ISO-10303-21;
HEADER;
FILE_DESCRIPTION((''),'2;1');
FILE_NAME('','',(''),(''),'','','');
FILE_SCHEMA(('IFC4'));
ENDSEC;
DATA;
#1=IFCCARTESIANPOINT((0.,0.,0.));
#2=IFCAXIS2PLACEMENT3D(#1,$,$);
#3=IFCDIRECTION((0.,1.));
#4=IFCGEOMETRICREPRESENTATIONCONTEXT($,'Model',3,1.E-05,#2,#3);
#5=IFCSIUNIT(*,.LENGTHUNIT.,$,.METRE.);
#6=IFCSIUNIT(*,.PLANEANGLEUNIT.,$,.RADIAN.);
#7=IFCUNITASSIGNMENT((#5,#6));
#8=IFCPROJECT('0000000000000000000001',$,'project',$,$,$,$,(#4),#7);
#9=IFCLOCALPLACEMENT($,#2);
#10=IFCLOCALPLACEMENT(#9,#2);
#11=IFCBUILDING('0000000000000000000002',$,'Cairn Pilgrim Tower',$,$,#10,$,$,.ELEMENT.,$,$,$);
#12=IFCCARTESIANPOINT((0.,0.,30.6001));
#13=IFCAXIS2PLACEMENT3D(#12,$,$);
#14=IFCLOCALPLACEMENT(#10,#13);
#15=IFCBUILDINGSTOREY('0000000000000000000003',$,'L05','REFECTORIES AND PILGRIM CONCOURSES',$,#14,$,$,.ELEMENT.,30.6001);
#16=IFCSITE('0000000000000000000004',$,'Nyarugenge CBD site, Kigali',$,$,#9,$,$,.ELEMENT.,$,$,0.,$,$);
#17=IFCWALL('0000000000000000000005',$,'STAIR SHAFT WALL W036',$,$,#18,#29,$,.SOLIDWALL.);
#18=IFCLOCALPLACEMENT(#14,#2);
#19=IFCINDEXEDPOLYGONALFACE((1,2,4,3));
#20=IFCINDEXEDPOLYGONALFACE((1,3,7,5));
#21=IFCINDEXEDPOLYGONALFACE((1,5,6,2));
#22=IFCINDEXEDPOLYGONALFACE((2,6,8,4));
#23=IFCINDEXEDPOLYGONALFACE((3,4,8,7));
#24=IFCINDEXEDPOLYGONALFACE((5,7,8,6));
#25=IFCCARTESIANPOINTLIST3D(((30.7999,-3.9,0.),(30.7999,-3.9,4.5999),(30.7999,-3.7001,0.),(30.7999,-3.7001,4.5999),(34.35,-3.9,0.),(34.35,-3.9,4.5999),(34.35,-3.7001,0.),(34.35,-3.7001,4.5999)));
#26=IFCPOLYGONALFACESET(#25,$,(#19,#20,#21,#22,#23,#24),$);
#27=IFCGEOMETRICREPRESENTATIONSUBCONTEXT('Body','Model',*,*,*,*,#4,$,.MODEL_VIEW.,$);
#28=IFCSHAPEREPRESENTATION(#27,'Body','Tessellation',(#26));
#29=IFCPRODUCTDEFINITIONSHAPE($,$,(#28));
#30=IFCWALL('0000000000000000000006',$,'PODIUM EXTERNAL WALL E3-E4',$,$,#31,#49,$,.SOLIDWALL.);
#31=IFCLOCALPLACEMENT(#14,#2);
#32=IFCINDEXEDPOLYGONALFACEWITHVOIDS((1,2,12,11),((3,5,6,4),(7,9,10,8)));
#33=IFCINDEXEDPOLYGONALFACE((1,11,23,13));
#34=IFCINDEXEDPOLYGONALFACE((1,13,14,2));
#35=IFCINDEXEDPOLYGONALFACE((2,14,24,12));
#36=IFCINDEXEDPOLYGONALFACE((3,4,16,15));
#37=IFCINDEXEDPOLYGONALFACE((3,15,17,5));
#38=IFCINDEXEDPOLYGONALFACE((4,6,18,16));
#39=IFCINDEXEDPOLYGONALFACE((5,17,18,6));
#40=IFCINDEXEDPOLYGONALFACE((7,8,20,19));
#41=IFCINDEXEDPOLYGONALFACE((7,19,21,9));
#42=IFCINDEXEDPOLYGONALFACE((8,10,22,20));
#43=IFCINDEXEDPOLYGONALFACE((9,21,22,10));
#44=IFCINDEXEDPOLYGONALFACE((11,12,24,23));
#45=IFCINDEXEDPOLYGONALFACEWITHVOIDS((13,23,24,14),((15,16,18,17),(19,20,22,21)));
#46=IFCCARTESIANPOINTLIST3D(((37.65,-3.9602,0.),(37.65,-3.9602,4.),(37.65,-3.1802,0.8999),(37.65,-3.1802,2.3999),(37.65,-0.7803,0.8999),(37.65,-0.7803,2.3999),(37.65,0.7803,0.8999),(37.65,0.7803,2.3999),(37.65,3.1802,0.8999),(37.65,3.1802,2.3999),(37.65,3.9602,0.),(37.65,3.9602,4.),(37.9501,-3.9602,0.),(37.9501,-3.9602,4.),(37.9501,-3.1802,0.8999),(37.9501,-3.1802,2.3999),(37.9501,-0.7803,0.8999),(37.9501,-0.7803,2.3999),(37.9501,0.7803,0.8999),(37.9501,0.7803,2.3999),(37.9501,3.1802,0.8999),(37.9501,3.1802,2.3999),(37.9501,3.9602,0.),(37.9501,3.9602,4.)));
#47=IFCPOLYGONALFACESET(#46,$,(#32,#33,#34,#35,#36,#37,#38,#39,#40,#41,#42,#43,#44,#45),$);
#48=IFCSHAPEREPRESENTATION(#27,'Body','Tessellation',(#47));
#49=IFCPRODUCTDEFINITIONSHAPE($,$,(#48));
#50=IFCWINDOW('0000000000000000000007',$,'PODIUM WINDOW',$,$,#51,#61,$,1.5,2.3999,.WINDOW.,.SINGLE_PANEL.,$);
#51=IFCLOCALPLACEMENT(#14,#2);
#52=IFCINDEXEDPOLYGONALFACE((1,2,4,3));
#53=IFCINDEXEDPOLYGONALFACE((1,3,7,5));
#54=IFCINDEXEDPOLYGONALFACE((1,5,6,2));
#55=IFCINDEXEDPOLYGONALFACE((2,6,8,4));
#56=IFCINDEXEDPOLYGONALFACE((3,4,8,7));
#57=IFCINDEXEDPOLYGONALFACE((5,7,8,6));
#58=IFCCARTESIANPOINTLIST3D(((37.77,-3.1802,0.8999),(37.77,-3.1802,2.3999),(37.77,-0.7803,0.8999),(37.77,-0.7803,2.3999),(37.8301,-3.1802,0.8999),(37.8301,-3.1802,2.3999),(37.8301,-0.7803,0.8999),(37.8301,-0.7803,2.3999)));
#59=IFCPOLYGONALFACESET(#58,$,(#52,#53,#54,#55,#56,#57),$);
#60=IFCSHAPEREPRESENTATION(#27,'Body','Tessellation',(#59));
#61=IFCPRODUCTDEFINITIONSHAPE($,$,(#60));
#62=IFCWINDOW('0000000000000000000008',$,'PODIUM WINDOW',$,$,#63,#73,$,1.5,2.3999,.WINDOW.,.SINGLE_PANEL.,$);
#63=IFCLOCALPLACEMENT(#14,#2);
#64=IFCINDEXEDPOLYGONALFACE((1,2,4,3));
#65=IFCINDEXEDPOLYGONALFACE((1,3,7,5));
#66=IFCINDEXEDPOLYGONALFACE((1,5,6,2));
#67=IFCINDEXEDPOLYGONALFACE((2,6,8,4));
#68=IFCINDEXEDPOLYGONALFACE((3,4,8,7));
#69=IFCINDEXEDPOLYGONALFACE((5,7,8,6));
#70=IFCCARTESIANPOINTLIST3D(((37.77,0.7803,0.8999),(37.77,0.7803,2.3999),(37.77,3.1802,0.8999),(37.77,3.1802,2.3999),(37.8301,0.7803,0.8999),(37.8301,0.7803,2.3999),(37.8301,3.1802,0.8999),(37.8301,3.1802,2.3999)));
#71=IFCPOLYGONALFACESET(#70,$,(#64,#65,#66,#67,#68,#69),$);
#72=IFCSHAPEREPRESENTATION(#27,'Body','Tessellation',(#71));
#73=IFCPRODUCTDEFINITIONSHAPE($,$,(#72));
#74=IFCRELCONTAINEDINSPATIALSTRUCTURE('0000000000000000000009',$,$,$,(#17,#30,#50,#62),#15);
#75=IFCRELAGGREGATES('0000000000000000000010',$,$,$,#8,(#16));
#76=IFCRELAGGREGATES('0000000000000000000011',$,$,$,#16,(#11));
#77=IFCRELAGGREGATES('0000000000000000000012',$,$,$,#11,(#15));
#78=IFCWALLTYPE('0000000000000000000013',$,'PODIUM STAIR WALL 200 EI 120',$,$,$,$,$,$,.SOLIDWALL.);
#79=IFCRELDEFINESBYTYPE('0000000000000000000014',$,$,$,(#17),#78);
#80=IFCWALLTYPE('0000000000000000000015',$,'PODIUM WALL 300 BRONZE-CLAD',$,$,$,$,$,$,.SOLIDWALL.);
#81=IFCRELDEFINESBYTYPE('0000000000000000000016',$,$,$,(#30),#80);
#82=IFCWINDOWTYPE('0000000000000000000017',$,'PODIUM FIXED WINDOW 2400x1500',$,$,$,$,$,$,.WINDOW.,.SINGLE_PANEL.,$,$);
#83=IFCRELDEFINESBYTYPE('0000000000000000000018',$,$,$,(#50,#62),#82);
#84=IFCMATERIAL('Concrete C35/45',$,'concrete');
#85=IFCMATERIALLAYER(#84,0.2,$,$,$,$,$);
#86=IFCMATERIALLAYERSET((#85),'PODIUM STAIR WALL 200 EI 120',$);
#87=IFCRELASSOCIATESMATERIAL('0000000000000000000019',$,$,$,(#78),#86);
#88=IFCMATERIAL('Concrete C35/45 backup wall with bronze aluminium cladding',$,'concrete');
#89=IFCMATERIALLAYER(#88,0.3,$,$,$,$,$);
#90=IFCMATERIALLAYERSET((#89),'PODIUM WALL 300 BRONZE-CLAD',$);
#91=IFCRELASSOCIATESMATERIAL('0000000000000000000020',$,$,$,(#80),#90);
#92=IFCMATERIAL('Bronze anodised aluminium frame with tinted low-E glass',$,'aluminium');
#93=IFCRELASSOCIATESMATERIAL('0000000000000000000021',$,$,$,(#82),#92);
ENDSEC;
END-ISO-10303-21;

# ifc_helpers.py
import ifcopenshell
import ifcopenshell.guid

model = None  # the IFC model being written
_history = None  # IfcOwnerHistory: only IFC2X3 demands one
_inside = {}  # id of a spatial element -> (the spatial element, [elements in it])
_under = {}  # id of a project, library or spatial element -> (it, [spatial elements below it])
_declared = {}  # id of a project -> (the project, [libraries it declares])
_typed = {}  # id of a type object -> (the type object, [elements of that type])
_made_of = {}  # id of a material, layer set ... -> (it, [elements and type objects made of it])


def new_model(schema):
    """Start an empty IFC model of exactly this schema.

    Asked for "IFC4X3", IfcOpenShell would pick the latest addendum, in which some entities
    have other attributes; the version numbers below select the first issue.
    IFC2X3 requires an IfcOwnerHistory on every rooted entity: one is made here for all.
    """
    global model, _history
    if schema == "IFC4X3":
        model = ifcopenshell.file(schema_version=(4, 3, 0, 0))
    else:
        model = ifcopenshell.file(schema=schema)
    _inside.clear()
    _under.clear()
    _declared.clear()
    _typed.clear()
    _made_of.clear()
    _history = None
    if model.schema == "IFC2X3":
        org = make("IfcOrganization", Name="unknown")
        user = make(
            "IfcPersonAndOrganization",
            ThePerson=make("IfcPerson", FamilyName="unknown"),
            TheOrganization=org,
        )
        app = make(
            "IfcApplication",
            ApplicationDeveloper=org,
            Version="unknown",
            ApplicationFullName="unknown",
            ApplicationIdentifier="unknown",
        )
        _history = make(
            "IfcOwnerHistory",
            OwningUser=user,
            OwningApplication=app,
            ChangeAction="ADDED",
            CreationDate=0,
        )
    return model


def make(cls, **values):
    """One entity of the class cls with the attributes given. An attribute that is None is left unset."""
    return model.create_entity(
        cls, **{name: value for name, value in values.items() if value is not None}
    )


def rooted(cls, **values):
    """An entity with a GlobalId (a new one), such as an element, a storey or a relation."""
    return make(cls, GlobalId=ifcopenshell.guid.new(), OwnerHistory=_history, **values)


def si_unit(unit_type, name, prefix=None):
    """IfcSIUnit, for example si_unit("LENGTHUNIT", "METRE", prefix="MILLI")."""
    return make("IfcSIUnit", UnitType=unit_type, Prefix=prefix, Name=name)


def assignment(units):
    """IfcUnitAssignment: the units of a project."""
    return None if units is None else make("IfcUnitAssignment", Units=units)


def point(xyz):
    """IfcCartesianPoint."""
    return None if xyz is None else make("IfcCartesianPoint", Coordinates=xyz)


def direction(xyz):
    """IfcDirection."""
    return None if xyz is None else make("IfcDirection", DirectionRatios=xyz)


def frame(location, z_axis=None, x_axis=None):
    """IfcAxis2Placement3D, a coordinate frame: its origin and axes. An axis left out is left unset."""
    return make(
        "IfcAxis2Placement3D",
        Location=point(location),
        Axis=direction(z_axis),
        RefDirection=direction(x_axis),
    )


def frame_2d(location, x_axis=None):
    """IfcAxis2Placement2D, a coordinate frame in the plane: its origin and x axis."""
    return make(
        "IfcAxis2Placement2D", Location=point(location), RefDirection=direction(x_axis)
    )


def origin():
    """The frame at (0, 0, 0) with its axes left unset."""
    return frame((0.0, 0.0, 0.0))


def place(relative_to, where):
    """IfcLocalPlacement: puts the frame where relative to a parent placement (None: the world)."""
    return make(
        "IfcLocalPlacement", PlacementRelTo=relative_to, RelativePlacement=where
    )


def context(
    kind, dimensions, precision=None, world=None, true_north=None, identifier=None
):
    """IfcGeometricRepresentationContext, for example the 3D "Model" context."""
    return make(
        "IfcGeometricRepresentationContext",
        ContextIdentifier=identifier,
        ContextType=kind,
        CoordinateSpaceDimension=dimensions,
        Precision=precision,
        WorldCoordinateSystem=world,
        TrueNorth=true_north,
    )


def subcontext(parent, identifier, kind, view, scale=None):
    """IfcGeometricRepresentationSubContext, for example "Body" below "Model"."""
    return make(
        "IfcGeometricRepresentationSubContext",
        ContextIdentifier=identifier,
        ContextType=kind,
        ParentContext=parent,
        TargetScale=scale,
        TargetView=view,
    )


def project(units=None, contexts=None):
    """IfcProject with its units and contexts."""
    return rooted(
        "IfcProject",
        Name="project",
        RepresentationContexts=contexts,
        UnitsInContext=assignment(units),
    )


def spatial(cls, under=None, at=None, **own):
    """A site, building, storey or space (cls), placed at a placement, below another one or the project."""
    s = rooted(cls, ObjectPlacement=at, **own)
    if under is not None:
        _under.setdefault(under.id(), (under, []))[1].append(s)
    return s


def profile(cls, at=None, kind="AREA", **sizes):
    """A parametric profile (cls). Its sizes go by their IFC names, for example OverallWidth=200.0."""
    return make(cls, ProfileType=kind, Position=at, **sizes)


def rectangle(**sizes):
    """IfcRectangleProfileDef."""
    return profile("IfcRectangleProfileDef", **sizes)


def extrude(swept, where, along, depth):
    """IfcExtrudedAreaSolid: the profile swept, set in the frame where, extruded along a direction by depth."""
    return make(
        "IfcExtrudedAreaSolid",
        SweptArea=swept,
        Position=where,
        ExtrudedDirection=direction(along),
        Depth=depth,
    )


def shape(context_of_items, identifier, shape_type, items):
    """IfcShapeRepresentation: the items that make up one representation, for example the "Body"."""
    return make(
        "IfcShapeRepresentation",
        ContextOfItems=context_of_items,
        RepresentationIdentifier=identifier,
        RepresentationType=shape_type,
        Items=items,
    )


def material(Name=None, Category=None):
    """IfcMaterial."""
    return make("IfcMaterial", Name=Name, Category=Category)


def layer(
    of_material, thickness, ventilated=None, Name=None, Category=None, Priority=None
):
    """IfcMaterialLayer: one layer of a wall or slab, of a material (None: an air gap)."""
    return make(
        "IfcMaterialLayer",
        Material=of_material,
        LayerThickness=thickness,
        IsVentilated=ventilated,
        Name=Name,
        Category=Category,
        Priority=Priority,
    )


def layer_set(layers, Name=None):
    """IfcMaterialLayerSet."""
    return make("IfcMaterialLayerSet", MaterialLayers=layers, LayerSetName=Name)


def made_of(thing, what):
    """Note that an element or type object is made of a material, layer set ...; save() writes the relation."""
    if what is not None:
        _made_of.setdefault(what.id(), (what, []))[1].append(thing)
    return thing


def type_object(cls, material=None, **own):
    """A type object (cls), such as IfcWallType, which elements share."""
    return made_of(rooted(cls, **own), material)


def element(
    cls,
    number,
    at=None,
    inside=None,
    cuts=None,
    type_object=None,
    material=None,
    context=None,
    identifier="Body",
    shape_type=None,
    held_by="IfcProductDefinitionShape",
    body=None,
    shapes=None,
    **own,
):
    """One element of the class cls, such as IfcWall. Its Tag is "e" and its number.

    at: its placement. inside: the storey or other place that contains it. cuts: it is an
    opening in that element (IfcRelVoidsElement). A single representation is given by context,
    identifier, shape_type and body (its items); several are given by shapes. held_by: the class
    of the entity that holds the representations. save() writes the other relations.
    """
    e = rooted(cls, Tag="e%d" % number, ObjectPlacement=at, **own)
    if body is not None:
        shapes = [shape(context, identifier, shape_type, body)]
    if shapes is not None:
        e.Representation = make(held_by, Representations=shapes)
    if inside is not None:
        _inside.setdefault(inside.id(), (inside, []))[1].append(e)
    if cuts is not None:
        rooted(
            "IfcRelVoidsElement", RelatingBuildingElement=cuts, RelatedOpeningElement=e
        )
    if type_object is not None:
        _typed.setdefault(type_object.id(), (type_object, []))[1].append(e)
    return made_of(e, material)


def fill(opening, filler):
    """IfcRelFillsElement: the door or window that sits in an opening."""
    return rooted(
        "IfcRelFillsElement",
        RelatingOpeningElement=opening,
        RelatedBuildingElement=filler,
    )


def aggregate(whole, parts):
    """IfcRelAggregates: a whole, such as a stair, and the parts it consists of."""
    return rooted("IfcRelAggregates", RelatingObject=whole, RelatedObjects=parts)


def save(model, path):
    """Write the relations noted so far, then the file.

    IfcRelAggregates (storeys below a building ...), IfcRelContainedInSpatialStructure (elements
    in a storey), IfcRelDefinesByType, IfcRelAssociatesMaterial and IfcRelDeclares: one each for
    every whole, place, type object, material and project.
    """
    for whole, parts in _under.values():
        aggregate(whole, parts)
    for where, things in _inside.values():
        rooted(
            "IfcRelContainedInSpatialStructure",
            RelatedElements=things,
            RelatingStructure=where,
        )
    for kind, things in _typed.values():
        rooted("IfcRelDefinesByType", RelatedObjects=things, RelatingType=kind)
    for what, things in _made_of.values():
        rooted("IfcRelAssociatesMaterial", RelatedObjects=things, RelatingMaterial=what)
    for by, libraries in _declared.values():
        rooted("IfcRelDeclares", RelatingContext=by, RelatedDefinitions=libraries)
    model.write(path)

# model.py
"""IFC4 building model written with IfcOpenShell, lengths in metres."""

from ifc_helpers import new_model, si_unit, direction, frame, frame_2d, origin, place, context, subcontext, project, spatial, rectangle, extrude, material, layer, layer_set, type_object, element, fill, save


model = new_model("IFC4")

# Units and contexts
model_context = context("Model", 3, precision=1e-05, world=origin(), true_north=direction((0.0, 1.0)))
body_context = subcontext(model_context, "Body", "Model", "MODEL_VIEW")
ifc_project = project(units=[si_unit("LENGTHUNIT", "METRE"), si_unit("PLANEANGLEUNIT", "RADIAN")], contexts=[model_context])

# Site, building, storey
site_placement = place(None, origin())
site = spatial("IfcSite", under=ifc_project, at=site_placement, Name="Nyarugenge CBD site, Kigali", CompositionType="ELEMENT", RefElevation=0.0)
building_placement = place(site_placement, origin())
building = spatial("IfcBuilding", under=site, at=building_placement, Name="Cairn Pilgrim Tower", CompositionType="ELEMENT")
storey_placement = place(building_placement, frame((0.0, 0.0, 30.6001)))
storey = spatial("IfcBuildingStorey", under=building, at=storey_placement, Name="L05", Description="REFECTORIES AND PILGRIM CONCOURSES", CompositionType="ELEMENT", Elevation=30.6001)

# Wall
ifc_material_1 = material(Name="Concrete C35/45", Category="concrete")
ifc_layer_1 = layer(ifc_material_1, 0.2)
ifc_layer_set_1 = layer_set([ifc_layer_1], Name="PODIUM STAIR WALL 200 EI 120")
wall_type_1 = type_object("IfcWallType", Name="PODIUM STAIR WALL 200 EI 120", PredefinedType="SOLIDWALL", material=ifc_layer_set_1)
wall_1_placement = place(storey_placement, frame((30.8, -3.8, 0.0), z_axis=(0.0, 0.0, 1.0), x_axis=(1.0, 0.0, 0.0)))
element("IfcWall", 1, at=wall_1_placement, inside=storey, type_object=wall_type_1, Name="STAIR SHAFT WALL W036", PredefinedType="SOLIDWALL", context=body_context, shape_type="SweptSolid", body=[
    extrude(rectangle(XDim=3.55, YDim=0.2, at=frame_2d((1.7749, 0.0))), origin(), (0.0, 0.0, 1.0), 4.5999),
])

# Wall, openings, windows
ifc_material_2 = material(Name="Concrete C35/45 backup wall with bronze aluminium cladding", Category="concrete")
ifc_layer_2 = layer(ifc_material_2, 0.3)
ifc_layer_set_2 = layer_set([ifc_layer_2], Name="PODIUM WALL 300 BRONZE-CLAD")
wall_type_2 = type_object("IfcWallType", Name="PODIUM WALL 300 BRONZE-CLAD", PredefinedType="SOLIDWALL", material=ifc_layer_set_2)
wall_2_placement = place(storey_placement, frame((37.8, -3.9602, 0.0), z_axis=(0.0, 0.0, 1.0), x_axis=(0.0, 1.0, 0.0)))
wall_2 = element("IfcWall", 2, at=wall_2_placement, inside=storey, type_object=wall_type_2, Name="PODIUM EXTERNAL WALL E3-E4", PredefinedType="SOLIDWALL", context=body_context, shape_type="SweptSolid", body=[
    extrude(rectangle(XDim=7.9204, YDim=0.3, at=frame_2d((3.9602, 0.0))), origin(), (0.0, 0.0, 1.0), 4.0),
])
opening_1_placement = place(wall_2_placement, frame((0.78, 0.0, 0.8999)))
opening_1 = element("IfcOpeningElement", 3, at=opening_1_placement, cuts=wall_2, PredefinedType="OPENING", context=body_context, shape_type="SweptSolid", body=[
    extrude(rectangle(XDim=2.3999, YDim=1.5, at=frame_2d((1.2, 0.75))), frame((0.0, 0.1602, 0.0), z_axis=(0.0, -1.0, 0.0), x_axis=(1.0, 0.0, 0.0)), (0.0, 0.0, 1.0), 0.3201),
])
opening_2_placement = place(wall_2_placement, frame((4.7405, 0.0, 0.8999)))
opening_2 = element("IfcOpeningElement", 4, at=opening_2_placement, cuts=wall_2, PredefinedType="OPENING", context=body_context, shape_type="SweptSolid", body=[
    extrude(rectangle(XDim=2.3999, YDim=1.5, at=frame_2d((1.2, 0.75))), frame((0.0, 0.1602, 0.0), z_axis=(0.0, -1.0, 0.0), x_axis=(1.0, 0.0, 0.0)), (0.0, 0.0, 1.0), 0.3201),
])
ifc_material_3 = material(Name="Bronze anodised aluminium frame with tinted low-E glass", Category="aluminium")
window_type = type_object("IfcWindowType", Name="PODIUM FIXED WINDOW 2400x1500", PartitioningType="SINGLE_PANEL", PredefinedType="WINDOW", material=ifc_material_3)
window_1_placement = place(opening_1_placement, origin())
window_1 = element("IfcWindow", 5, at=window_1_placement, inside=storey, type_object=window_type, Name="PODIUM WINDOW", OverallHeight=1.5, OverallWidth=2.3999, PartitioningType="SINGLE_PANEL", PredefinedType="WINDOW", context=body_context, shape_type="SweptSolid", body=[
    extrude(rectangle(XDim=2.3999, YDim=1.5, at=frame_2d((1.2, 0.75))), frame((0.0, 0.03, 0.0), z_axis=(0.0, -1.0, 0.0), x_axis=(1.0, 0.0, 0.0)), (0.0, 0.0, 1.0), 0.0601),
])
fill(opening_1, window_1)
window_2_placement = place(opening_2_placement, origin())
window_2 = element("IfcWindow", 6, at=window_2_placement, inside=storey, type_object=window_type, Name="PODIUM WINDOW", OverallHeight=1.5, OverallWidth=2.3999, PartitioningType="SINGLE_PANEL", PredefinedType="WINDOW", context=body_context, shape_type="SweptSolid", body=[
    extrude(rectangle(XDim=2.3999, YDim=1.5, at=frame_2d((1.2, 0.75))), frame((0.0, 0.03, 0.0), z_axis=(0.0, -1.0, 0.0), x_axis=(1.0, 0.0, 0.0)), (0.0, 0.0, 1.0), 0.0601),
])
fill(opening_2, window_2)

save(model, "model.ifc")
